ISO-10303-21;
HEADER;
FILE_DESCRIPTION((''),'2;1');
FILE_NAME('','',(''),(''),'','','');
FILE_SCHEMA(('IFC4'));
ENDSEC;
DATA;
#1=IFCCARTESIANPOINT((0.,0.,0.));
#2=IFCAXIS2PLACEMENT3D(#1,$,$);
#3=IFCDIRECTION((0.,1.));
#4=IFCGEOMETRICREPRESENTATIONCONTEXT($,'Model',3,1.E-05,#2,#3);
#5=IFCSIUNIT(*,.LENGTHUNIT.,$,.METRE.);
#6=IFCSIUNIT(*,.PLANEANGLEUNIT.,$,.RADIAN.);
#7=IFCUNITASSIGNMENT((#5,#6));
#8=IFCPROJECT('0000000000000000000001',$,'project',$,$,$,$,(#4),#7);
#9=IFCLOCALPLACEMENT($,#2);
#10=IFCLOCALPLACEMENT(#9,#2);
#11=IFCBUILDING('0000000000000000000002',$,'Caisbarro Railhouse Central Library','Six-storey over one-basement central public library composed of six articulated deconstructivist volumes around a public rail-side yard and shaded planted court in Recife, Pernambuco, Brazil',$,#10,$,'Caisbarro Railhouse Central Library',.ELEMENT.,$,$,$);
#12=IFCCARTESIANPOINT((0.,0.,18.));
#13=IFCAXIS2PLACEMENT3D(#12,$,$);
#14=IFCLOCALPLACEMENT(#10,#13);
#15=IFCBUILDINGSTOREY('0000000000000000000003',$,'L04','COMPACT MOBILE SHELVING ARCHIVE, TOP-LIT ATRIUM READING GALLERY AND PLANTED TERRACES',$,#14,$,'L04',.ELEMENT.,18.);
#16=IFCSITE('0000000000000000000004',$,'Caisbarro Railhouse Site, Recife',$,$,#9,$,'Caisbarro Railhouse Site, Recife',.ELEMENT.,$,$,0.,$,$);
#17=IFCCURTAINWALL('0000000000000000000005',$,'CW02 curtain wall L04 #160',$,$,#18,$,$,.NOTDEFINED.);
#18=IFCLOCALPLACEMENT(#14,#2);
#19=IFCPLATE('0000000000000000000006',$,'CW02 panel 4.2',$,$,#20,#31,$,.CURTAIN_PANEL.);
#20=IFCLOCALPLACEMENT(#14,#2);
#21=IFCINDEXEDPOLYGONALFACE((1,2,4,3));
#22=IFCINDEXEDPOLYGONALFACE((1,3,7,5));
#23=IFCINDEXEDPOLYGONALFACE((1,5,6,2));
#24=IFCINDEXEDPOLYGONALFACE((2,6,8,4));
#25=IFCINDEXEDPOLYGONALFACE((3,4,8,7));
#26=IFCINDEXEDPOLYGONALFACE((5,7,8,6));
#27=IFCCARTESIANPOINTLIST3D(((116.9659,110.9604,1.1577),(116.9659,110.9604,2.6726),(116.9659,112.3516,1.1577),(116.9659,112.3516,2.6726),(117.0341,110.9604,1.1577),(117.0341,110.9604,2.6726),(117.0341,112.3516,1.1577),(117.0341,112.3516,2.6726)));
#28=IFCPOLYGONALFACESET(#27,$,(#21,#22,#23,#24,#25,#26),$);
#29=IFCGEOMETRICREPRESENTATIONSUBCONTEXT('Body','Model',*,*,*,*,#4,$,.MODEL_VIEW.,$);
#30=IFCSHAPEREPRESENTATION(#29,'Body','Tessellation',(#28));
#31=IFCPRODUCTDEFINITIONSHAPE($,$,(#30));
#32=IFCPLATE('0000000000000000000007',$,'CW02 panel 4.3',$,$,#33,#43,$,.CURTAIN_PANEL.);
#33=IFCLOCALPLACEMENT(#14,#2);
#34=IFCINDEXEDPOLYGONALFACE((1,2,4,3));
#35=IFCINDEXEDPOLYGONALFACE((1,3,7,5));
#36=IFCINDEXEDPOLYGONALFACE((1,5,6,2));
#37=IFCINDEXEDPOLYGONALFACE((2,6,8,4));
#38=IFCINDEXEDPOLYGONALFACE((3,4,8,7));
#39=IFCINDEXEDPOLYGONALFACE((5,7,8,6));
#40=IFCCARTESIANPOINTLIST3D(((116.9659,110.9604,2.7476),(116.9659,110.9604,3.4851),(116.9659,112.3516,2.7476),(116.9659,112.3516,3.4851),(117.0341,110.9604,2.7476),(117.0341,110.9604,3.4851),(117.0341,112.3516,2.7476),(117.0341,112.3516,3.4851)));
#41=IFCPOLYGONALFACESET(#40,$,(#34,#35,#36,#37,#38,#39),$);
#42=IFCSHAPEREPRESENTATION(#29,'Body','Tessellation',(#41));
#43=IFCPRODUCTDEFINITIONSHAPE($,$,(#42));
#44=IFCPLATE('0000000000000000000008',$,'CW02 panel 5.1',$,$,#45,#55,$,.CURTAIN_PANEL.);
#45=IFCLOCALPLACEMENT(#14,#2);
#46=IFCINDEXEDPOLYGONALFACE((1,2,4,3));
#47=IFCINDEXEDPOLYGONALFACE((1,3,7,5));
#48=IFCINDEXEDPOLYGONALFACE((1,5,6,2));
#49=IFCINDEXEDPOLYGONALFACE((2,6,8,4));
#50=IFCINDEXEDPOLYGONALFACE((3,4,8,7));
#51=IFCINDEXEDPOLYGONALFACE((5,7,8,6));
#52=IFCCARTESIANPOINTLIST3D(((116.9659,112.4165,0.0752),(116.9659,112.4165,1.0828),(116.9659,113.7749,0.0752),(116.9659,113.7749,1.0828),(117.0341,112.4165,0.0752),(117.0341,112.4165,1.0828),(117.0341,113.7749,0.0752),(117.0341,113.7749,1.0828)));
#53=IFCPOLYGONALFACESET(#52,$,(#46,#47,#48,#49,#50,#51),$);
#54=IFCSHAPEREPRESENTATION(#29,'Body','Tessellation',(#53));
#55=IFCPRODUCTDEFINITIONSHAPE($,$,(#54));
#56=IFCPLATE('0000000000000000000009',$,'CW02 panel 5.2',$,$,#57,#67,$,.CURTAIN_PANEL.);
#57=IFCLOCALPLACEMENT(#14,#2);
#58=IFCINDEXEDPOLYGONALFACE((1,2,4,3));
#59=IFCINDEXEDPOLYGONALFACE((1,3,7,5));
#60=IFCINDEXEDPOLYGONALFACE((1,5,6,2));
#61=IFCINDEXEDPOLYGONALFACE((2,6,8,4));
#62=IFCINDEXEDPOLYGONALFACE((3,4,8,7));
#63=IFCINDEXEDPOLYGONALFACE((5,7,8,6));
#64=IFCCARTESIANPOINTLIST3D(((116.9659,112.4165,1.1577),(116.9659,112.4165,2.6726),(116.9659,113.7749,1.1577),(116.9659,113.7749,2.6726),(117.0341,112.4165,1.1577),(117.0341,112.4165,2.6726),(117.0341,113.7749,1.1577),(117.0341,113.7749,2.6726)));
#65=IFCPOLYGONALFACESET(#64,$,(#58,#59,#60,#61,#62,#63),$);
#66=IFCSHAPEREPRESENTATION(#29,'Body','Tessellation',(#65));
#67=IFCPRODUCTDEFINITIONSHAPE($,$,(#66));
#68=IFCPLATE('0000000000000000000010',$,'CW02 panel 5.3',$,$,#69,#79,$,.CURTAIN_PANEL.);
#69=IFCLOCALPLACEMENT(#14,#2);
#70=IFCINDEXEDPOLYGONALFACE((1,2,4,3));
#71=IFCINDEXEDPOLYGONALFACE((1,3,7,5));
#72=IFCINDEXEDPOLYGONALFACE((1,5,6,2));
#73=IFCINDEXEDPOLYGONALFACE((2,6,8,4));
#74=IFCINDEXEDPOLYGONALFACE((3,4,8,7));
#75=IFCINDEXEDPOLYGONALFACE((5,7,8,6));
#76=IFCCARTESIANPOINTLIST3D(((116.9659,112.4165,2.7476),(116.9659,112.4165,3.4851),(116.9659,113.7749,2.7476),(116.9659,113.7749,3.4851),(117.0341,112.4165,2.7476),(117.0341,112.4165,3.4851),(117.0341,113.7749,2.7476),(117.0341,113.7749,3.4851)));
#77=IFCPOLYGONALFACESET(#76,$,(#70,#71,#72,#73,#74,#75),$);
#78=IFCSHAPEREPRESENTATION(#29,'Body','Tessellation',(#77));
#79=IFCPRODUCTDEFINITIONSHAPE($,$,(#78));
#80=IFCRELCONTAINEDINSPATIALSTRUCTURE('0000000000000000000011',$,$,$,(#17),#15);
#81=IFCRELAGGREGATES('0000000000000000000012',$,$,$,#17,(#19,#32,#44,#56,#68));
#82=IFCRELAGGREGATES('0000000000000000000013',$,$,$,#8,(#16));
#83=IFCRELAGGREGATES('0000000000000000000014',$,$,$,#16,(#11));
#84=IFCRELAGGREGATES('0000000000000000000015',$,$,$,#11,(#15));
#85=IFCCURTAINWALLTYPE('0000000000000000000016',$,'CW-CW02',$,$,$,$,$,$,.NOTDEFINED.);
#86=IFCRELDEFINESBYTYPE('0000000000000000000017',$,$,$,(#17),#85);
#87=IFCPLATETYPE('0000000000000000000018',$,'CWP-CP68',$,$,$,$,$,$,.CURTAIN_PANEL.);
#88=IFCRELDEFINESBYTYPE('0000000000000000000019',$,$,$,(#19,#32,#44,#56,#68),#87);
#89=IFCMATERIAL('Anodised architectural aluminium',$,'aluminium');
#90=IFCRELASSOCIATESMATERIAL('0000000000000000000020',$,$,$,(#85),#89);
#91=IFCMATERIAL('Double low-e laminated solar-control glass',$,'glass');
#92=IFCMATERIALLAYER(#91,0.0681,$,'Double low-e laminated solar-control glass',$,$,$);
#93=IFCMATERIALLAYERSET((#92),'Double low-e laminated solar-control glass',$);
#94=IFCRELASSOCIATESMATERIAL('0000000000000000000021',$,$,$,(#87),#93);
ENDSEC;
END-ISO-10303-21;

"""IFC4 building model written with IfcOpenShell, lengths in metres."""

from ifc_helpers import new_model, si_unit, direction, frame, origin, origin_2d, place, context, subcontext, project, spatial, rectangle, extrude, material, layer, layer_set, type_object, element, aggregate, save


model = new_model("IFC4")

# Units and contexts
model_context = context("Model", 3, precision=1e-05, world=origin(), true_north=direction((0.0, 1.0)))
body_context = subcontext(model_context, "Body", "Model", "MODEL_VIEW")
ifc_project = project(units=[si_unit("LENGTHUNIT", "METRE"), si_unit("PLANEANGLEUNIT", "RADIAN")], contexts=[model_context])

# Site, building, storey
site_placement = place(None, origin())
site = spatial("IfcSite", under=ifc_project, at=site_placement, Name="Caisbarro Railhouse Site, Recife", LongName="Caisbarro Railhouse Site, Recife", CompositionType="ELEMENT", RefElevation=0.0)
building_placement = place(site_placement, origin())
building = spatial("IfcBuilding", under=site, at=building_placement, Name="Caisbarro Railhouse Central Library", Description="Six-storey over one-basement central public library composed of six articulated deconstructivist volumes around a public rail-side yard and shaded planted court in Recife, Pernambuco, Brazil", LongName="Caisbarro Railhouse Central Library", CompositionType="ELEMENT")
storey_placement = place(building_placement, frame((0.0, 0.0, 18.0)))
storey = spatial("IfcBuildingStorey", under=building, at=storey_placement, Name="L04", Description="COMPACT MOBILE SHELVING ARCHIVE, TOP-LIT ATRIUM READING GALLERY AND PLANTED TERRACES", LongName="L04", CompositionType="ELEMENT", Elevation=18.0)

# Curtain wall, plates
ifc_material_1 = material(Name="Anodised architectural aluminium", Category="aluminium")
curtain_wall_type = type_object("IfcCurtainWallType", Name="CW-CW02", PredefinedType="NOTDEFINED", material=ifc_material_1)
curtain_wall_placement = place(storey_placement, origin())
curtain_wall = element("IfcCurtainWall", 1, at=curtain_wall_placement, inside=storey, type_object=curtain_wall_type, Name="CW02 curtain wall L04 #160", PredefinedType="NOTDEFINED")
ifc_material_2 = material(Name="Double low-e laminated solar-control glass", Category="glass")
ifc_layer = layer(ifc_material_2, 0.0681, Name="Double low-e laminated solar-control glass")
ifc_layer_set = layer_set([ifc_layer], Name="Double low-e laminated solar-control glass")
plate_type = type_object("IfcPlateType", Name="CWP-CP68", PredefinedType="CURTAIN_PANEL", material=ifc_layer_set)
plate_1_placement = place(storey_placement, frame((117.0, 111.656, 1.1577), z_axis=(0.0, 0.0, 1.0), x_axis=(0.0, 1.0, 0.0)))
plate_1 = element("IfcPlate", 2, at=plate_1_placement, type_object=plate_type, Name="CW02 panel 4.2", PredefinedType="CURTAIN_PANEL", context=body_context, shape_type="SweptSolid", body=[
    extrude(rectangle(XDim=1.3911, YDim=0.0681, at=origin_2d()), origin(), (0.0, 0.0, 1.0), 1.5149),
])
plate_2_placement = place(storey_placement, frame((117.0, 111.656, 2.7476), z_axis=(0.0, 0.0, 1.0), x_axis=(0.0, 1.0, 0.0)))
plate_2 = element("IfcPlate", 3, at=plate_2_placement, type_object=plate_type, Name="CW02 panel 4.3", PredefinedType="CURTAIN_PANEL", context=body_context, shape_type="SweptSolid", body=[
    extrude(rectangle(XDim=1.3911, YDim=0.0681, at=origin_2d()), origin(), (0.0, 0.0, 1.0), 0.7375),
])
plate_3_placement = place(storey_placement, frame((117.0, 113.0957, 0.0752), z_axis=(0.0, 0.0, 1.0), x_axis=(0.0, 1.0, 0.0)))
plate_3 = element("IfcPlate", 4, at=plate_3_placement, type_object=plate_type, Name="CW02 panel 5.1", PredefinedType="CURTAIN_PANEL", context=body_context, shape_type="SweptSolid", body=[
    extrude(rectangle(XDim=1.3584, YDim=0.0681, at=origin_2d()), origin(), (0.0, 0.0, 1.0), 1.0076),
])
plate_4_placement = place(storey_placement, frame((117.0, 113.0957, 1.1577), z_axis=(0.0, 0.0, 1.0), x_axis=(0.0, 1.0, 0.0)))
plate_4 = element("IfcPlate", 5, at=plate_4_placement, type_object=plate_type, Name="CW02 panel 5.2", PredefinedType="CURTAIN_PANEL", context=body_context, shape_type="SweptSolid", body=[
    extrude(rectangle(XDim=1.3584, YDim=0.0681, at=origin_2d()), origin(), (0.0, 0.0, 1.0), 1.5149),
])
plate_5_placement = place(storey_placement, frame((117.0, 113.0957, 2.7476), z_axis=(0.0, 0.0, 1.0), x_axis=(0.0, 1.0, 0.0)))
plate_5 = element("IfcPlate", 6, at=plate_5_placement, type_object=plate_type, Name="CW02 panel 5.3", PredefinedType="CURTAIN_PANEL", context=body_context, shape_type="SweptSolid", body=[
    extrude(rectangle(XDim=1.3584, YDim=0.0681, at=origin_2d()), origin(), (0.0, 0.0, 1.0), 0.7375),
])
aggregate(curtain_wall, [plate_1, plate_2, plate_3, plate_4, plate_5])

save(model, "model.ifc")
